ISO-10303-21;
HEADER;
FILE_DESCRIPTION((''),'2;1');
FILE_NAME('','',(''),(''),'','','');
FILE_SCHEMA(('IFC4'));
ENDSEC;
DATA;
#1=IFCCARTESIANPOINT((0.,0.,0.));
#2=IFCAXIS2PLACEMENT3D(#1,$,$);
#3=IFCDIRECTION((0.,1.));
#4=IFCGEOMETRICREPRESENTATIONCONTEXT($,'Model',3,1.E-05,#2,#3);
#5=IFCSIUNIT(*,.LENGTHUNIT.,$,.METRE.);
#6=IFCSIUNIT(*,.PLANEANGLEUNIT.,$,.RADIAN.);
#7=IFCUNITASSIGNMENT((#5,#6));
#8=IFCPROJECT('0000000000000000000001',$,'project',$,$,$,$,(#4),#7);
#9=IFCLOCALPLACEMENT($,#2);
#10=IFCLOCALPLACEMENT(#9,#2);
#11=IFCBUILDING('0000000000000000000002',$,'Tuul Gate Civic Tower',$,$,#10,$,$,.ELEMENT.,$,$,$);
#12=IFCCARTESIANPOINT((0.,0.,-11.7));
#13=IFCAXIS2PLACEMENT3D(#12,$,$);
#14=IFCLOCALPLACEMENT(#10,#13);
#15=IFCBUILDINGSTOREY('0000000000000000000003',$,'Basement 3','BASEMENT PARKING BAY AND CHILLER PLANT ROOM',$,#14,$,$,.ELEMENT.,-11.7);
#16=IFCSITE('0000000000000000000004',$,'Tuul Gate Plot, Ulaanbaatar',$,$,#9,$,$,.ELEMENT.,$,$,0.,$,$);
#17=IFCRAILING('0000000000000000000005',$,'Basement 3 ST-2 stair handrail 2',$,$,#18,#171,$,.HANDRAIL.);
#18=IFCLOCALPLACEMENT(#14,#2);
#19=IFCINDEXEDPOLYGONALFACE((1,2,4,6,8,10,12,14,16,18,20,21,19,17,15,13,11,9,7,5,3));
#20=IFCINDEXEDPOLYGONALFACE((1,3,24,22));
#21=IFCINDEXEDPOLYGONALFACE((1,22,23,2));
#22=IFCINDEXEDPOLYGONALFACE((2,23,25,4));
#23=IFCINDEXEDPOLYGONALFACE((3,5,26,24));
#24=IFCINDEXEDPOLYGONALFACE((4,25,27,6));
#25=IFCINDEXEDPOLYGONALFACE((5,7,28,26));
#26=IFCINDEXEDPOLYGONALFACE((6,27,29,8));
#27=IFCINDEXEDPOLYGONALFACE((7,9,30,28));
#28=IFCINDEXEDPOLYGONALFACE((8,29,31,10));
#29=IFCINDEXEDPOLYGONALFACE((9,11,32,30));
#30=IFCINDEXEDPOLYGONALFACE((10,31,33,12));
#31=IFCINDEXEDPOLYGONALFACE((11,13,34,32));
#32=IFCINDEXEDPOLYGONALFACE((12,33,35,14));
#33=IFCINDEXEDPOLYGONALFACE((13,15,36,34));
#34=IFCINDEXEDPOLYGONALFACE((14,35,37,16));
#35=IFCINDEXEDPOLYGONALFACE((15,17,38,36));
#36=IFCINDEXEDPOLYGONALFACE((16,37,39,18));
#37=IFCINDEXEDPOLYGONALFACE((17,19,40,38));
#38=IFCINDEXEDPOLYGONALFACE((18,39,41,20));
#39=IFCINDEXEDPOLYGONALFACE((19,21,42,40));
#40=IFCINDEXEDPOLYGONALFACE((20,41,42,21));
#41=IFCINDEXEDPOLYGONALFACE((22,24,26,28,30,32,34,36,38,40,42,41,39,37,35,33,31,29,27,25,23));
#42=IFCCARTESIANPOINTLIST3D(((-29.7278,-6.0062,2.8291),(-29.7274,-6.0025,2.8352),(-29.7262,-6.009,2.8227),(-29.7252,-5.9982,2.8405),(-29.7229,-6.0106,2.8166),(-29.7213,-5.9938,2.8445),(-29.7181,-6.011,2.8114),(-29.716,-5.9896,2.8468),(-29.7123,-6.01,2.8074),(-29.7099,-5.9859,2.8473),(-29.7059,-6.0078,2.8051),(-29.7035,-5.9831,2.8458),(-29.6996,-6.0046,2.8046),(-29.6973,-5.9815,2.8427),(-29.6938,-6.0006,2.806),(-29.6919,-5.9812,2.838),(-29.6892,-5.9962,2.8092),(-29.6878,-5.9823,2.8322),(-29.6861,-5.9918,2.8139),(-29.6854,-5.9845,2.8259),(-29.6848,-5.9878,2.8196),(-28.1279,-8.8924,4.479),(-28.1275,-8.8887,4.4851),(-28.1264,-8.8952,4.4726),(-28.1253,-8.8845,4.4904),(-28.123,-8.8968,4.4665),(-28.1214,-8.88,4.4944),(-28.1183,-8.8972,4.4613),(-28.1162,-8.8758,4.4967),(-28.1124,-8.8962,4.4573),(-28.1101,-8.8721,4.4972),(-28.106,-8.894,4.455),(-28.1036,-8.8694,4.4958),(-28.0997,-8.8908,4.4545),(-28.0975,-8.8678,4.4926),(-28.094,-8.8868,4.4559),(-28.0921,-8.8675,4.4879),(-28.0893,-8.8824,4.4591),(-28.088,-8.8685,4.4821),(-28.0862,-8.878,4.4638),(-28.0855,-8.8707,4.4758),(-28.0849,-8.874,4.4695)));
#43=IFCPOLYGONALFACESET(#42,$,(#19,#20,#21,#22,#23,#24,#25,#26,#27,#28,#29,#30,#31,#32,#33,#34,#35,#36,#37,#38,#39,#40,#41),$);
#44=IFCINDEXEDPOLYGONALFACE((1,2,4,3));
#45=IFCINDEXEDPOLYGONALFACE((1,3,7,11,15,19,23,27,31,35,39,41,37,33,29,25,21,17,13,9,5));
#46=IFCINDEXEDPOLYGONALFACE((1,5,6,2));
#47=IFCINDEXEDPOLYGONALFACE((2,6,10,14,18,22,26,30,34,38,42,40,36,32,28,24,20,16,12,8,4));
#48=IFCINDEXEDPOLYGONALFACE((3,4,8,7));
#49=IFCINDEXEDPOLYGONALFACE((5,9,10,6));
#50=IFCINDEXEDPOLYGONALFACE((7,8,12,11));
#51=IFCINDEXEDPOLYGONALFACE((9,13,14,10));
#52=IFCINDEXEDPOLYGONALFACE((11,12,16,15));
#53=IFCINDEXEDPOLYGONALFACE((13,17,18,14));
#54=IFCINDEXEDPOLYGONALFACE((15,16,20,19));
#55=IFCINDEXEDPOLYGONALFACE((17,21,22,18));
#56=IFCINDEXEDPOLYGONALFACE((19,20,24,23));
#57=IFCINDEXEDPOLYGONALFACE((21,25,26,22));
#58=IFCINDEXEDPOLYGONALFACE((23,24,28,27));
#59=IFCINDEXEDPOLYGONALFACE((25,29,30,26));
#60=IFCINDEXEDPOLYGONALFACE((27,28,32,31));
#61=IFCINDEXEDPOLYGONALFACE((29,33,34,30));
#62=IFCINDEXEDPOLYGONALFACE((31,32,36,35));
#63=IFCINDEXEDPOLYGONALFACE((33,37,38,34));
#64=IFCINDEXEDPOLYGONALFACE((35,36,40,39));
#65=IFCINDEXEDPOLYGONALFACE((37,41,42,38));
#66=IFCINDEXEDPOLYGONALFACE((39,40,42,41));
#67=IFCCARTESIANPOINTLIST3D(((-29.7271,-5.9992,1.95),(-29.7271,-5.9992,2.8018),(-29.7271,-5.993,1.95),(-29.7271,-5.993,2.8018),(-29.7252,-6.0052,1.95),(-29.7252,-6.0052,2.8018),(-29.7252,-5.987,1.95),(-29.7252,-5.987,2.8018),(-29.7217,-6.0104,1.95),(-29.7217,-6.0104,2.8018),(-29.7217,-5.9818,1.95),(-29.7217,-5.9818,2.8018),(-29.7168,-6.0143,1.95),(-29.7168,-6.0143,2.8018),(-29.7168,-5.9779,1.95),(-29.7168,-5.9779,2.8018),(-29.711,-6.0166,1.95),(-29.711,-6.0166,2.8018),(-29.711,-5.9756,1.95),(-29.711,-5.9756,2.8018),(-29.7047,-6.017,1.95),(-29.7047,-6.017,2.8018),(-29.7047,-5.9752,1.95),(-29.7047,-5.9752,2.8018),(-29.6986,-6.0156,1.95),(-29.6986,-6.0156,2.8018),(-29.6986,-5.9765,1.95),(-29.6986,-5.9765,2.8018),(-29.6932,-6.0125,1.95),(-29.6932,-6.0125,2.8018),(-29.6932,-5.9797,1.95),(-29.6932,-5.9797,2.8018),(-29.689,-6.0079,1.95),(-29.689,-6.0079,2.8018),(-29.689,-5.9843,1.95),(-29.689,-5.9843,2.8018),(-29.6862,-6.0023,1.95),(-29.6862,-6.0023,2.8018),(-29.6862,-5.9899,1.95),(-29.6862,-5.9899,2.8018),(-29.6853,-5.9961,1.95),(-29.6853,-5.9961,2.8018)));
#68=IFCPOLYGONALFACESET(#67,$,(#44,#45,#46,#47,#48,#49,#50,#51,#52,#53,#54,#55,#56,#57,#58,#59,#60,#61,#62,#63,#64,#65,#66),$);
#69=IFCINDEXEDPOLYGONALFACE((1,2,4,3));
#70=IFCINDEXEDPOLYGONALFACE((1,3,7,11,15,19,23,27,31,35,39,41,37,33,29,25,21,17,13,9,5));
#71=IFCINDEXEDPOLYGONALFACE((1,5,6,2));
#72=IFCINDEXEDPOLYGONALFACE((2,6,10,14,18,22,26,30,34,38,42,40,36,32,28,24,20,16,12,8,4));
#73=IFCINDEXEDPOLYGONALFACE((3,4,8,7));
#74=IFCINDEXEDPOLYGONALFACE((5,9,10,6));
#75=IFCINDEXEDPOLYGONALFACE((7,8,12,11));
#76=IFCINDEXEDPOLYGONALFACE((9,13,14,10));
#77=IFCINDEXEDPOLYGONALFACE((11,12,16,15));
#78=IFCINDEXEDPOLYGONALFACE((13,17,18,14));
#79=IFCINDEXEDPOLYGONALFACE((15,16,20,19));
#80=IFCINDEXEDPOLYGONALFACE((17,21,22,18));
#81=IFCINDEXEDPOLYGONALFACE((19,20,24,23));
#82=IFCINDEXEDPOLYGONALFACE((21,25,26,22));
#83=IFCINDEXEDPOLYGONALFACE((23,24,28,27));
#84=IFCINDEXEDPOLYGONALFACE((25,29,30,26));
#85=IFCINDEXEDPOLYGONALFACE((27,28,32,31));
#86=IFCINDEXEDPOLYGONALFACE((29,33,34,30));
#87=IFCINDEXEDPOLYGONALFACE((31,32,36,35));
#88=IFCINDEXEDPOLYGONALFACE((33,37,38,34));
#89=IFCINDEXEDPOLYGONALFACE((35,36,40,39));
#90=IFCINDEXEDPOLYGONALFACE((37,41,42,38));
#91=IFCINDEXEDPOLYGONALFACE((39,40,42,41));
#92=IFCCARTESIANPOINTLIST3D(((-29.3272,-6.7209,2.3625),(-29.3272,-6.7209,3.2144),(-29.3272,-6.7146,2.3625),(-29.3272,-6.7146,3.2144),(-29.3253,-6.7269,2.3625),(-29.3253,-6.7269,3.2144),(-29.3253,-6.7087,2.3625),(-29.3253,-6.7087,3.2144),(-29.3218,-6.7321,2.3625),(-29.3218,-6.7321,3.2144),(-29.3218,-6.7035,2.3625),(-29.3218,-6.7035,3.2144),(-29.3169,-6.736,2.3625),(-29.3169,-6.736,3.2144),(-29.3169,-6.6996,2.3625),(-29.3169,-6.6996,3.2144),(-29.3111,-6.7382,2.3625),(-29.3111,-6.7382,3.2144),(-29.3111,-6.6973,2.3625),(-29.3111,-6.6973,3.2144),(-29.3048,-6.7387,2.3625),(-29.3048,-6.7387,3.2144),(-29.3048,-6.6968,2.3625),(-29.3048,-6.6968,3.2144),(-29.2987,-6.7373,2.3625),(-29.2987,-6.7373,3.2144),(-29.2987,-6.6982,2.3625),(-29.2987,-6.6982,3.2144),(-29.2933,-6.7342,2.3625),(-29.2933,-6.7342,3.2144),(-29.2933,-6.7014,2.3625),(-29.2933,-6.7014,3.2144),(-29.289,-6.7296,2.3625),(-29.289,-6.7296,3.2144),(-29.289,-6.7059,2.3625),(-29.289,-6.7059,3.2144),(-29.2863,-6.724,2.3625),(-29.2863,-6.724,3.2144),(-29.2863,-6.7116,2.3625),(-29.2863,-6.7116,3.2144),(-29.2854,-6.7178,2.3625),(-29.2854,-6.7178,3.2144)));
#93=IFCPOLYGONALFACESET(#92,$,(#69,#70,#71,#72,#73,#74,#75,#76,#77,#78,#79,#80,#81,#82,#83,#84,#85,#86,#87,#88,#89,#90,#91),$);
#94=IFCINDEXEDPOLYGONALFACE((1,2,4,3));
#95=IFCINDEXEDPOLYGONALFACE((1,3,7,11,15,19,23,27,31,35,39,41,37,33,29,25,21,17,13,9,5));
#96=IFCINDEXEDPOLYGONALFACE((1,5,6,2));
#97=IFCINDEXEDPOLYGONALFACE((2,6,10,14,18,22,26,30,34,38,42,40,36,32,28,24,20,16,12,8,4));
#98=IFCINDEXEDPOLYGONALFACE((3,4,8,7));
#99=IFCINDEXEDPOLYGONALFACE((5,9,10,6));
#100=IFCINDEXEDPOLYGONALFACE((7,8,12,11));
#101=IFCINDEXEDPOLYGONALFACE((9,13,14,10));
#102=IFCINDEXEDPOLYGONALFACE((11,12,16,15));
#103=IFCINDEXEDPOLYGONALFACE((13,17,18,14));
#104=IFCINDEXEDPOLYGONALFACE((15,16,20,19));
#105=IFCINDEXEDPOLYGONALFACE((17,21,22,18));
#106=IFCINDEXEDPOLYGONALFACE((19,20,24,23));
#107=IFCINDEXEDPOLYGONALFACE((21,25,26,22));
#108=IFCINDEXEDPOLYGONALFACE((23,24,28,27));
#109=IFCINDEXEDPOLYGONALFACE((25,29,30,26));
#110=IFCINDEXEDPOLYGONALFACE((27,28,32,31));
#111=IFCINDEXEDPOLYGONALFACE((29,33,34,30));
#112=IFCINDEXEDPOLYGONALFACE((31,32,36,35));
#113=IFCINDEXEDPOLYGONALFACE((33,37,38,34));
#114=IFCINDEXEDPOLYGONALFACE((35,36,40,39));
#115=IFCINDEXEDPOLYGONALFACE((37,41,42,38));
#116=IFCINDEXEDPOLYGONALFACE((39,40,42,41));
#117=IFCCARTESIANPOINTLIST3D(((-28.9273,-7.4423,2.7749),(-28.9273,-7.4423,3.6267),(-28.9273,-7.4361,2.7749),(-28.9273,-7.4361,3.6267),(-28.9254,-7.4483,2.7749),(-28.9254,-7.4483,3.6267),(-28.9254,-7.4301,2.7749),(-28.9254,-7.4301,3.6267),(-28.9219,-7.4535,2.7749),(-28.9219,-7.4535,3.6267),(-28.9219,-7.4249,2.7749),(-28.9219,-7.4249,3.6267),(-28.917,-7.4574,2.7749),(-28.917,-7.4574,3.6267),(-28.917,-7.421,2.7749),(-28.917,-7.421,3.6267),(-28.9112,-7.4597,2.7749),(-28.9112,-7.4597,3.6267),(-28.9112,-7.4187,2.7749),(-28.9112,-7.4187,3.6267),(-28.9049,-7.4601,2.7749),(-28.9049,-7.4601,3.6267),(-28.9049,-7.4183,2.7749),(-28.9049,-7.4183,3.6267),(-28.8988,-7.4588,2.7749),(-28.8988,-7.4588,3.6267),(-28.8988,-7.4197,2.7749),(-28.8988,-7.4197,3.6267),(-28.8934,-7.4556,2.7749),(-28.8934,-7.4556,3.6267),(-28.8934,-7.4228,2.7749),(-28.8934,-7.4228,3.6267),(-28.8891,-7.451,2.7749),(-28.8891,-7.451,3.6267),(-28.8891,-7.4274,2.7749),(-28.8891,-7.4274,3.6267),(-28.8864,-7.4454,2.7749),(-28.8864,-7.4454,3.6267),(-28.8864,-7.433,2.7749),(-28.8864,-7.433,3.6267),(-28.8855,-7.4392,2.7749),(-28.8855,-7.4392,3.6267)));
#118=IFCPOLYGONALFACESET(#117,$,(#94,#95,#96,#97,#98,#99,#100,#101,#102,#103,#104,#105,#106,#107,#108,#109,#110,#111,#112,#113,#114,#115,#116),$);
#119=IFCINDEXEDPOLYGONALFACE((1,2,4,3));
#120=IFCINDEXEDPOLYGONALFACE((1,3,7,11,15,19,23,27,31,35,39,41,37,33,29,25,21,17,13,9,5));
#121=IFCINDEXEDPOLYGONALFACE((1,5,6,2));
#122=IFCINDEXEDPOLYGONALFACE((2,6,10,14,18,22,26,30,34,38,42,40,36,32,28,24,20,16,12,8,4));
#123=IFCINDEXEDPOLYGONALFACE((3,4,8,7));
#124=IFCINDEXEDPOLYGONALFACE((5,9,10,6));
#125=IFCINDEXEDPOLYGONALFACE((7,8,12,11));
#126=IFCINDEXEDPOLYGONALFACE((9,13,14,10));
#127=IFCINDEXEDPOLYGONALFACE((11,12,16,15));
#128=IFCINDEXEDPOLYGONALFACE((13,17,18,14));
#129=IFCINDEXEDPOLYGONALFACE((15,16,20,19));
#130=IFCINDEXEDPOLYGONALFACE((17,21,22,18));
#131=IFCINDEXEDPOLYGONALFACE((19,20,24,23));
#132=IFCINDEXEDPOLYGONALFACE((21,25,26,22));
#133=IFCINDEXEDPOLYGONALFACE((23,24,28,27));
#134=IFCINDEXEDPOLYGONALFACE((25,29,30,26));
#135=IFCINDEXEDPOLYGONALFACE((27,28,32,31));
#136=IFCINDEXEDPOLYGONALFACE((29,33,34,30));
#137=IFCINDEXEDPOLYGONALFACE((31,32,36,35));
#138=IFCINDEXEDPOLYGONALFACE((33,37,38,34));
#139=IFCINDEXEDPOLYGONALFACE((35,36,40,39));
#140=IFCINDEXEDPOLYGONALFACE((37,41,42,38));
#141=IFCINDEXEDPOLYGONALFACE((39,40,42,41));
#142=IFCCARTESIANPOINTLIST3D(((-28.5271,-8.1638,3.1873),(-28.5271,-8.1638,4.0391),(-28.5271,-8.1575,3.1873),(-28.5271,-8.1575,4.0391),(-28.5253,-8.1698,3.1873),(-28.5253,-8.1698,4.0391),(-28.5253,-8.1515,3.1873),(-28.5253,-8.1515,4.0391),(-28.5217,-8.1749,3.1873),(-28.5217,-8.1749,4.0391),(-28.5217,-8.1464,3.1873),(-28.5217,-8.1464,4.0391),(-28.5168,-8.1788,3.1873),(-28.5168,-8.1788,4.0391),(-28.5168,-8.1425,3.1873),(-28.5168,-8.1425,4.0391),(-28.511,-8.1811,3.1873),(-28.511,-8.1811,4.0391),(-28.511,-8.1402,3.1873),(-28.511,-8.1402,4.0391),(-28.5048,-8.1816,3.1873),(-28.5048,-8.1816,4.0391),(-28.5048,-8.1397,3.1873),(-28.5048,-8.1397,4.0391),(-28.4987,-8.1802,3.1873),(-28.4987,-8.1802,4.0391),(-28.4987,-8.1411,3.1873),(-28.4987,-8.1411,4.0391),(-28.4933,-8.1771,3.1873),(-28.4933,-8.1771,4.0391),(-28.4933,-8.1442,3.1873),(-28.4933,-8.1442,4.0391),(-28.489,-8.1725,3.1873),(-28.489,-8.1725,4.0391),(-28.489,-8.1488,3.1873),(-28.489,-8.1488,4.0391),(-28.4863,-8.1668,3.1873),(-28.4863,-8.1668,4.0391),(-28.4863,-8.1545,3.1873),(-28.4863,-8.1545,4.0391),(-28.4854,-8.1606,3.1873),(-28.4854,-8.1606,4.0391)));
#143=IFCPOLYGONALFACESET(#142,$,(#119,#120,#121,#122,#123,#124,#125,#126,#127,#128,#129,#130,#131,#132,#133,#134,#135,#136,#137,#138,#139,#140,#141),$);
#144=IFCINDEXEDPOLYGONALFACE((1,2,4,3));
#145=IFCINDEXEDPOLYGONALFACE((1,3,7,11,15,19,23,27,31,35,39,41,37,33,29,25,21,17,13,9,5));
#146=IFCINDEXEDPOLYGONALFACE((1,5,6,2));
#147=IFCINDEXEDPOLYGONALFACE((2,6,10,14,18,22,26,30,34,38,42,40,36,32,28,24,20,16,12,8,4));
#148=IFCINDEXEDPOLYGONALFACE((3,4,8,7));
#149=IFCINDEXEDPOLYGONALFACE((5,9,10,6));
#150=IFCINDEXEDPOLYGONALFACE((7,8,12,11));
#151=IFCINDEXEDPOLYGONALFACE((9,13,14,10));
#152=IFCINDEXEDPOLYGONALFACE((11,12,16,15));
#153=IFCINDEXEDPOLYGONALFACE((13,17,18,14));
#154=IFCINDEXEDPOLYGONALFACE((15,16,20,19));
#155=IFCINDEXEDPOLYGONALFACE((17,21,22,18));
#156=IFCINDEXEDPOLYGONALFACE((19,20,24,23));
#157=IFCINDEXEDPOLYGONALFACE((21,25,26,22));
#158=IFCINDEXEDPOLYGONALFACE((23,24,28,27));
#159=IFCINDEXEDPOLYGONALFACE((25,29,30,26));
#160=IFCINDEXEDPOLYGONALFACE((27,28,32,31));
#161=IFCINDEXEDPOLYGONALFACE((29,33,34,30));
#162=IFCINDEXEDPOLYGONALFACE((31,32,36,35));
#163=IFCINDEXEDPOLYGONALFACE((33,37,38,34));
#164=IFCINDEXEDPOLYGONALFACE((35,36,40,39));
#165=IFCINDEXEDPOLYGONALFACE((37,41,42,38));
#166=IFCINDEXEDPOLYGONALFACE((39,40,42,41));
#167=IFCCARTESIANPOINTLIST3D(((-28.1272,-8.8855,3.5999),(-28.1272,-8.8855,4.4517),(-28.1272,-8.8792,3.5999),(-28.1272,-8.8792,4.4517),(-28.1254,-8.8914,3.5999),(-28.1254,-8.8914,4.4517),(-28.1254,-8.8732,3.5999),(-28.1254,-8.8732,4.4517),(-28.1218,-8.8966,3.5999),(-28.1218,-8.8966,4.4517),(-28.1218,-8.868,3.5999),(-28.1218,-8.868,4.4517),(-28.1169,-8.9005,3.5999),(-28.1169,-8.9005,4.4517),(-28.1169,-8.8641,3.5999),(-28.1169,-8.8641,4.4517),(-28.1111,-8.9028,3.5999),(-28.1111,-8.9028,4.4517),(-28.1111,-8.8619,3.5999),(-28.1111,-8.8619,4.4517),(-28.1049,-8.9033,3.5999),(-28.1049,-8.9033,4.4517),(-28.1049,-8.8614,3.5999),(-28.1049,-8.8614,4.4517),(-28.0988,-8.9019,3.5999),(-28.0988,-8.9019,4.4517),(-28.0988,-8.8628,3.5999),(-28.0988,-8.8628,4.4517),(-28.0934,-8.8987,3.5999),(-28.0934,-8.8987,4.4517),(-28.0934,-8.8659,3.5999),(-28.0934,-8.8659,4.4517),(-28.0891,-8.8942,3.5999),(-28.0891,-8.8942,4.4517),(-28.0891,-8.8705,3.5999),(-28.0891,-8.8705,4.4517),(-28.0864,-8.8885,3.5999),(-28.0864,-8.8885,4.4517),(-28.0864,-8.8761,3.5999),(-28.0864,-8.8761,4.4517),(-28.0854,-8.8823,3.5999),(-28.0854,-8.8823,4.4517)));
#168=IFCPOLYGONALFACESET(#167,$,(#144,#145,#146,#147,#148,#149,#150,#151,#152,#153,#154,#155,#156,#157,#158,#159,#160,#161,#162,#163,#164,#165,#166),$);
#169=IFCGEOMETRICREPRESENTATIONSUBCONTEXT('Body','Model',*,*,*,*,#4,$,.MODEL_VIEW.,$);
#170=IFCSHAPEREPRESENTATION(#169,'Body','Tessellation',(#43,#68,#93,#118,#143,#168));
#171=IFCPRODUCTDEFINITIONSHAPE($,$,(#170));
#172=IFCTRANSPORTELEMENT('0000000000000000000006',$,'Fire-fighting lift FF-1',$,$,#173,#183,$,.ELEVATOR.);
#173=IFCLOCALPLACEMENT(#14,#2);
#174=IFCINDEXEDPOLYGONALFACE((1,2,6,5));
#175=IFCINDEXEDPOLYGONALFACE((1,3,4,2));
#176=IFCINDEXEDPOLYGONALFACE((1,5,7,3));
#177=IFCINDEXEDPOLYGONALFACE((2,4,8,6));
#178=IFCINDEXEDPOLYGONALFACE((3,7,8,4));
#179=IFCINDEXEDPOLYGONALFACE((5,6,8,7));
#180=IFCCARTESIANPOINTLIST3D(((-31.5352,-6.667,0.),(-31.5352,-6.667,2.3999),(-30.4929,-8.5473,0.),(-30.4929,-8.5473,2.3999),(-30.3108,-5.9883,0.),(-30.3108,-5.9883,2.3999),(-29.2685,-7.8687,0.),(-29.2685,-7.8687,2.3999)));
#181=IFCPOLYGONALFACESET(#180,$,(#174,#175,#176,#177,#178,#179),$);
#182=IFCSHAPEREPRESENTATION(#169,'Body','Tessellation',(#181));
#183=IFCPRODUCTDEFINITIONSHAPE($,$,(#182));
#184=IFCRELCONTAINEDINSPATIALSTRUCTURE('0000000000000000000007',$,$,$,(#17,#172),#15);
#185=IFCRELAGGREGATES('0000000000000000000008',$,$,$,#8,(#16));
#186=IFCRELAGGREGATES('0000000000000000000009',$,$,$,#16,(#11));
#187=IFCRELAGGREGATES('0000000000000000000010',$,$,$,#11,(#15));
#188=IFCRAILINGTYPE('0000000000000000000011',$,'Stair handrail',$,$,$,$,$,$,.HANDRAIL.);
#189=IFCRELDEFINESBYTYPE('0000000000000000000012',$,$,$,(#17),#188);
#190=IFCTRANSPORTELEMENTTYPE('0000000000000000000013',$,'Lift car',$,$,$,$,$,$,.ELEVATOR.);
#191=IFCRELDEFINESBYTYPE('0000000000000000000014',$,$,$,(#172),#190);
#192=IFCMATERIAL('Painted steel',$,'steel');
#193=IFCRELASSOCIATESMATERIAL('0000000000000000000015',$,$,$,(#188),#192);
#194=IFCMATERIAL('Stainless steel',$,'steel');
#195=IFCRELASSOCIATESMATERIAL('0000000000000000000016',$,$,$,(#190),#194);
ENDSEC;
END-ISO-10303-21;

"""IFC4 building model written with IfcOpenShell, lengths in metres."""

from ifc_helpers import new_model, si_unit, direction, frame, origin, origin_2d, place, context, subcontext, project, spatial, rectangle, circle, extrude, material, type_object, element, save


model = new_model("IFC4")

# Units and contexts
model_context = context("Model", 3, precision=1e-05, world=origin(), true_north=direction((0.0, 1.0)))
body_context = subcontext(model_context, "Body", "Model", "MODEL_VIEW")
ifc_project = project(units=[si_unit("LENGTHUNIT", "METRE"), si_unit("PLANEANGLEUNIT", "RADIAN")], contexts=[model_context])

# Site, building, storey
site_placement = place(None, origin())
site = spatial("IfcSite", under=ifc_project, at=site_placement, Name="Tuul Gate Plot, Ulaanbaatar", CompositionType="ELEMENT", RefElevation=0.0)
building_placement = place(site_placement, origin())
building = spatial("IfcBuilding", under=site, at=building_placement, Name="Tuul Gate Civic Tower", CompositionType="ELEMENT")
storey_placement = place(building_placement, frame((0.0, 0.0, -11.7)))
storey = spatial("IfcBuildingStorey", under=building, at=storey_placement, Name="Basement 3", Description="BASEMENT PARKING BAY AND CHILLER PLANT ROOM", CompositionType="ELEMENT", Elevation=-11.7)

# Railing
ifc_material_1 = material(Name="Painted steel", Category="steel")
railing_type_1 = type_object("IfcRailingType", Name="Stair handrail", PredefinedType="HANDRAIL", material=ifc_material_1)
railing_1_placement = place(storey_placement, frame((-29.7063, -5.9961, 1.95)))
element("IfcRailing", 1, at=railing_1_placement, inside=storey, type_object=railing_type_1, Name="Basement 3 ST-2 stair handrail 2", PredefinedType="HANDRAIL", context=body_context, shape_type="SweptSolid", body=[
    extrude(circle(Radius=0.0239, at=origin_2d()), frame((0.0, 0.0, 0.876), z_axis=(0.433629, -0.782293, 0.447195), x_axis=(0.874621, 0.484807, 0.0)), (0.0, 0.0, 1.0), 3.6895),
    extrude(circle(Radius=0.021, at=origin_2d()), origin(), (0.0, 0.0, 1.0), 0.8518),
    extrude(circle(Radius=0.021, at=origin_2d()), frame((0.3999, -0.7217, 0.4126)), (0.0, 0.0, 1.0), 0.8518),
    extrude(circle(Radius=0.021, at=origin_2d()), frame((0.7998, -1.4431, 0.825)), (0.0, 0.0, 1.0), 0.8518),
    extrude(circle(Radius=0.021, at=origin_2d()), frame((1.2, -2.1646, 1.2373)), (0.0, 0.0, 1.0), 0.8518),
    extrude(circle(Radius=0.021, at=origin_2d()), frame((1.5999, -2.8862, 1.6499)), (0.0, 0.0, 1.0), 0.8518),
])

# Transport element
ifc_material_2 = material(Name="Stainless steel", Category="steel")
transport_element_type = type_object("IfcTransportElementType", Name="Lift car", PredefinedType="ELEVATOR", material=ifc_material_2)
transport_element_placement = place(storey_placement, frame((-30.4019, -7.2678, 0.0), z_axis=(0.0, 0.0, 1.0), x_axis=(-0.874636, -0.484781, 0.0)))
element("IfcTransportElement", 2, at=transport_element_placement, inside=storey, type_object=transport_element_type, Name="Fire-fighting lift FF-1", PredefinedType="ELEVATOR", context=body_context, shape_type="SweptSolid", body=[
    extrude(rectangle(XDim=1.3999, YDim=2.1499, at=origin_2d()), origin(), (0.0, 0.0, 1.0), 2.3999),
])

save(model, "model.ifc")
